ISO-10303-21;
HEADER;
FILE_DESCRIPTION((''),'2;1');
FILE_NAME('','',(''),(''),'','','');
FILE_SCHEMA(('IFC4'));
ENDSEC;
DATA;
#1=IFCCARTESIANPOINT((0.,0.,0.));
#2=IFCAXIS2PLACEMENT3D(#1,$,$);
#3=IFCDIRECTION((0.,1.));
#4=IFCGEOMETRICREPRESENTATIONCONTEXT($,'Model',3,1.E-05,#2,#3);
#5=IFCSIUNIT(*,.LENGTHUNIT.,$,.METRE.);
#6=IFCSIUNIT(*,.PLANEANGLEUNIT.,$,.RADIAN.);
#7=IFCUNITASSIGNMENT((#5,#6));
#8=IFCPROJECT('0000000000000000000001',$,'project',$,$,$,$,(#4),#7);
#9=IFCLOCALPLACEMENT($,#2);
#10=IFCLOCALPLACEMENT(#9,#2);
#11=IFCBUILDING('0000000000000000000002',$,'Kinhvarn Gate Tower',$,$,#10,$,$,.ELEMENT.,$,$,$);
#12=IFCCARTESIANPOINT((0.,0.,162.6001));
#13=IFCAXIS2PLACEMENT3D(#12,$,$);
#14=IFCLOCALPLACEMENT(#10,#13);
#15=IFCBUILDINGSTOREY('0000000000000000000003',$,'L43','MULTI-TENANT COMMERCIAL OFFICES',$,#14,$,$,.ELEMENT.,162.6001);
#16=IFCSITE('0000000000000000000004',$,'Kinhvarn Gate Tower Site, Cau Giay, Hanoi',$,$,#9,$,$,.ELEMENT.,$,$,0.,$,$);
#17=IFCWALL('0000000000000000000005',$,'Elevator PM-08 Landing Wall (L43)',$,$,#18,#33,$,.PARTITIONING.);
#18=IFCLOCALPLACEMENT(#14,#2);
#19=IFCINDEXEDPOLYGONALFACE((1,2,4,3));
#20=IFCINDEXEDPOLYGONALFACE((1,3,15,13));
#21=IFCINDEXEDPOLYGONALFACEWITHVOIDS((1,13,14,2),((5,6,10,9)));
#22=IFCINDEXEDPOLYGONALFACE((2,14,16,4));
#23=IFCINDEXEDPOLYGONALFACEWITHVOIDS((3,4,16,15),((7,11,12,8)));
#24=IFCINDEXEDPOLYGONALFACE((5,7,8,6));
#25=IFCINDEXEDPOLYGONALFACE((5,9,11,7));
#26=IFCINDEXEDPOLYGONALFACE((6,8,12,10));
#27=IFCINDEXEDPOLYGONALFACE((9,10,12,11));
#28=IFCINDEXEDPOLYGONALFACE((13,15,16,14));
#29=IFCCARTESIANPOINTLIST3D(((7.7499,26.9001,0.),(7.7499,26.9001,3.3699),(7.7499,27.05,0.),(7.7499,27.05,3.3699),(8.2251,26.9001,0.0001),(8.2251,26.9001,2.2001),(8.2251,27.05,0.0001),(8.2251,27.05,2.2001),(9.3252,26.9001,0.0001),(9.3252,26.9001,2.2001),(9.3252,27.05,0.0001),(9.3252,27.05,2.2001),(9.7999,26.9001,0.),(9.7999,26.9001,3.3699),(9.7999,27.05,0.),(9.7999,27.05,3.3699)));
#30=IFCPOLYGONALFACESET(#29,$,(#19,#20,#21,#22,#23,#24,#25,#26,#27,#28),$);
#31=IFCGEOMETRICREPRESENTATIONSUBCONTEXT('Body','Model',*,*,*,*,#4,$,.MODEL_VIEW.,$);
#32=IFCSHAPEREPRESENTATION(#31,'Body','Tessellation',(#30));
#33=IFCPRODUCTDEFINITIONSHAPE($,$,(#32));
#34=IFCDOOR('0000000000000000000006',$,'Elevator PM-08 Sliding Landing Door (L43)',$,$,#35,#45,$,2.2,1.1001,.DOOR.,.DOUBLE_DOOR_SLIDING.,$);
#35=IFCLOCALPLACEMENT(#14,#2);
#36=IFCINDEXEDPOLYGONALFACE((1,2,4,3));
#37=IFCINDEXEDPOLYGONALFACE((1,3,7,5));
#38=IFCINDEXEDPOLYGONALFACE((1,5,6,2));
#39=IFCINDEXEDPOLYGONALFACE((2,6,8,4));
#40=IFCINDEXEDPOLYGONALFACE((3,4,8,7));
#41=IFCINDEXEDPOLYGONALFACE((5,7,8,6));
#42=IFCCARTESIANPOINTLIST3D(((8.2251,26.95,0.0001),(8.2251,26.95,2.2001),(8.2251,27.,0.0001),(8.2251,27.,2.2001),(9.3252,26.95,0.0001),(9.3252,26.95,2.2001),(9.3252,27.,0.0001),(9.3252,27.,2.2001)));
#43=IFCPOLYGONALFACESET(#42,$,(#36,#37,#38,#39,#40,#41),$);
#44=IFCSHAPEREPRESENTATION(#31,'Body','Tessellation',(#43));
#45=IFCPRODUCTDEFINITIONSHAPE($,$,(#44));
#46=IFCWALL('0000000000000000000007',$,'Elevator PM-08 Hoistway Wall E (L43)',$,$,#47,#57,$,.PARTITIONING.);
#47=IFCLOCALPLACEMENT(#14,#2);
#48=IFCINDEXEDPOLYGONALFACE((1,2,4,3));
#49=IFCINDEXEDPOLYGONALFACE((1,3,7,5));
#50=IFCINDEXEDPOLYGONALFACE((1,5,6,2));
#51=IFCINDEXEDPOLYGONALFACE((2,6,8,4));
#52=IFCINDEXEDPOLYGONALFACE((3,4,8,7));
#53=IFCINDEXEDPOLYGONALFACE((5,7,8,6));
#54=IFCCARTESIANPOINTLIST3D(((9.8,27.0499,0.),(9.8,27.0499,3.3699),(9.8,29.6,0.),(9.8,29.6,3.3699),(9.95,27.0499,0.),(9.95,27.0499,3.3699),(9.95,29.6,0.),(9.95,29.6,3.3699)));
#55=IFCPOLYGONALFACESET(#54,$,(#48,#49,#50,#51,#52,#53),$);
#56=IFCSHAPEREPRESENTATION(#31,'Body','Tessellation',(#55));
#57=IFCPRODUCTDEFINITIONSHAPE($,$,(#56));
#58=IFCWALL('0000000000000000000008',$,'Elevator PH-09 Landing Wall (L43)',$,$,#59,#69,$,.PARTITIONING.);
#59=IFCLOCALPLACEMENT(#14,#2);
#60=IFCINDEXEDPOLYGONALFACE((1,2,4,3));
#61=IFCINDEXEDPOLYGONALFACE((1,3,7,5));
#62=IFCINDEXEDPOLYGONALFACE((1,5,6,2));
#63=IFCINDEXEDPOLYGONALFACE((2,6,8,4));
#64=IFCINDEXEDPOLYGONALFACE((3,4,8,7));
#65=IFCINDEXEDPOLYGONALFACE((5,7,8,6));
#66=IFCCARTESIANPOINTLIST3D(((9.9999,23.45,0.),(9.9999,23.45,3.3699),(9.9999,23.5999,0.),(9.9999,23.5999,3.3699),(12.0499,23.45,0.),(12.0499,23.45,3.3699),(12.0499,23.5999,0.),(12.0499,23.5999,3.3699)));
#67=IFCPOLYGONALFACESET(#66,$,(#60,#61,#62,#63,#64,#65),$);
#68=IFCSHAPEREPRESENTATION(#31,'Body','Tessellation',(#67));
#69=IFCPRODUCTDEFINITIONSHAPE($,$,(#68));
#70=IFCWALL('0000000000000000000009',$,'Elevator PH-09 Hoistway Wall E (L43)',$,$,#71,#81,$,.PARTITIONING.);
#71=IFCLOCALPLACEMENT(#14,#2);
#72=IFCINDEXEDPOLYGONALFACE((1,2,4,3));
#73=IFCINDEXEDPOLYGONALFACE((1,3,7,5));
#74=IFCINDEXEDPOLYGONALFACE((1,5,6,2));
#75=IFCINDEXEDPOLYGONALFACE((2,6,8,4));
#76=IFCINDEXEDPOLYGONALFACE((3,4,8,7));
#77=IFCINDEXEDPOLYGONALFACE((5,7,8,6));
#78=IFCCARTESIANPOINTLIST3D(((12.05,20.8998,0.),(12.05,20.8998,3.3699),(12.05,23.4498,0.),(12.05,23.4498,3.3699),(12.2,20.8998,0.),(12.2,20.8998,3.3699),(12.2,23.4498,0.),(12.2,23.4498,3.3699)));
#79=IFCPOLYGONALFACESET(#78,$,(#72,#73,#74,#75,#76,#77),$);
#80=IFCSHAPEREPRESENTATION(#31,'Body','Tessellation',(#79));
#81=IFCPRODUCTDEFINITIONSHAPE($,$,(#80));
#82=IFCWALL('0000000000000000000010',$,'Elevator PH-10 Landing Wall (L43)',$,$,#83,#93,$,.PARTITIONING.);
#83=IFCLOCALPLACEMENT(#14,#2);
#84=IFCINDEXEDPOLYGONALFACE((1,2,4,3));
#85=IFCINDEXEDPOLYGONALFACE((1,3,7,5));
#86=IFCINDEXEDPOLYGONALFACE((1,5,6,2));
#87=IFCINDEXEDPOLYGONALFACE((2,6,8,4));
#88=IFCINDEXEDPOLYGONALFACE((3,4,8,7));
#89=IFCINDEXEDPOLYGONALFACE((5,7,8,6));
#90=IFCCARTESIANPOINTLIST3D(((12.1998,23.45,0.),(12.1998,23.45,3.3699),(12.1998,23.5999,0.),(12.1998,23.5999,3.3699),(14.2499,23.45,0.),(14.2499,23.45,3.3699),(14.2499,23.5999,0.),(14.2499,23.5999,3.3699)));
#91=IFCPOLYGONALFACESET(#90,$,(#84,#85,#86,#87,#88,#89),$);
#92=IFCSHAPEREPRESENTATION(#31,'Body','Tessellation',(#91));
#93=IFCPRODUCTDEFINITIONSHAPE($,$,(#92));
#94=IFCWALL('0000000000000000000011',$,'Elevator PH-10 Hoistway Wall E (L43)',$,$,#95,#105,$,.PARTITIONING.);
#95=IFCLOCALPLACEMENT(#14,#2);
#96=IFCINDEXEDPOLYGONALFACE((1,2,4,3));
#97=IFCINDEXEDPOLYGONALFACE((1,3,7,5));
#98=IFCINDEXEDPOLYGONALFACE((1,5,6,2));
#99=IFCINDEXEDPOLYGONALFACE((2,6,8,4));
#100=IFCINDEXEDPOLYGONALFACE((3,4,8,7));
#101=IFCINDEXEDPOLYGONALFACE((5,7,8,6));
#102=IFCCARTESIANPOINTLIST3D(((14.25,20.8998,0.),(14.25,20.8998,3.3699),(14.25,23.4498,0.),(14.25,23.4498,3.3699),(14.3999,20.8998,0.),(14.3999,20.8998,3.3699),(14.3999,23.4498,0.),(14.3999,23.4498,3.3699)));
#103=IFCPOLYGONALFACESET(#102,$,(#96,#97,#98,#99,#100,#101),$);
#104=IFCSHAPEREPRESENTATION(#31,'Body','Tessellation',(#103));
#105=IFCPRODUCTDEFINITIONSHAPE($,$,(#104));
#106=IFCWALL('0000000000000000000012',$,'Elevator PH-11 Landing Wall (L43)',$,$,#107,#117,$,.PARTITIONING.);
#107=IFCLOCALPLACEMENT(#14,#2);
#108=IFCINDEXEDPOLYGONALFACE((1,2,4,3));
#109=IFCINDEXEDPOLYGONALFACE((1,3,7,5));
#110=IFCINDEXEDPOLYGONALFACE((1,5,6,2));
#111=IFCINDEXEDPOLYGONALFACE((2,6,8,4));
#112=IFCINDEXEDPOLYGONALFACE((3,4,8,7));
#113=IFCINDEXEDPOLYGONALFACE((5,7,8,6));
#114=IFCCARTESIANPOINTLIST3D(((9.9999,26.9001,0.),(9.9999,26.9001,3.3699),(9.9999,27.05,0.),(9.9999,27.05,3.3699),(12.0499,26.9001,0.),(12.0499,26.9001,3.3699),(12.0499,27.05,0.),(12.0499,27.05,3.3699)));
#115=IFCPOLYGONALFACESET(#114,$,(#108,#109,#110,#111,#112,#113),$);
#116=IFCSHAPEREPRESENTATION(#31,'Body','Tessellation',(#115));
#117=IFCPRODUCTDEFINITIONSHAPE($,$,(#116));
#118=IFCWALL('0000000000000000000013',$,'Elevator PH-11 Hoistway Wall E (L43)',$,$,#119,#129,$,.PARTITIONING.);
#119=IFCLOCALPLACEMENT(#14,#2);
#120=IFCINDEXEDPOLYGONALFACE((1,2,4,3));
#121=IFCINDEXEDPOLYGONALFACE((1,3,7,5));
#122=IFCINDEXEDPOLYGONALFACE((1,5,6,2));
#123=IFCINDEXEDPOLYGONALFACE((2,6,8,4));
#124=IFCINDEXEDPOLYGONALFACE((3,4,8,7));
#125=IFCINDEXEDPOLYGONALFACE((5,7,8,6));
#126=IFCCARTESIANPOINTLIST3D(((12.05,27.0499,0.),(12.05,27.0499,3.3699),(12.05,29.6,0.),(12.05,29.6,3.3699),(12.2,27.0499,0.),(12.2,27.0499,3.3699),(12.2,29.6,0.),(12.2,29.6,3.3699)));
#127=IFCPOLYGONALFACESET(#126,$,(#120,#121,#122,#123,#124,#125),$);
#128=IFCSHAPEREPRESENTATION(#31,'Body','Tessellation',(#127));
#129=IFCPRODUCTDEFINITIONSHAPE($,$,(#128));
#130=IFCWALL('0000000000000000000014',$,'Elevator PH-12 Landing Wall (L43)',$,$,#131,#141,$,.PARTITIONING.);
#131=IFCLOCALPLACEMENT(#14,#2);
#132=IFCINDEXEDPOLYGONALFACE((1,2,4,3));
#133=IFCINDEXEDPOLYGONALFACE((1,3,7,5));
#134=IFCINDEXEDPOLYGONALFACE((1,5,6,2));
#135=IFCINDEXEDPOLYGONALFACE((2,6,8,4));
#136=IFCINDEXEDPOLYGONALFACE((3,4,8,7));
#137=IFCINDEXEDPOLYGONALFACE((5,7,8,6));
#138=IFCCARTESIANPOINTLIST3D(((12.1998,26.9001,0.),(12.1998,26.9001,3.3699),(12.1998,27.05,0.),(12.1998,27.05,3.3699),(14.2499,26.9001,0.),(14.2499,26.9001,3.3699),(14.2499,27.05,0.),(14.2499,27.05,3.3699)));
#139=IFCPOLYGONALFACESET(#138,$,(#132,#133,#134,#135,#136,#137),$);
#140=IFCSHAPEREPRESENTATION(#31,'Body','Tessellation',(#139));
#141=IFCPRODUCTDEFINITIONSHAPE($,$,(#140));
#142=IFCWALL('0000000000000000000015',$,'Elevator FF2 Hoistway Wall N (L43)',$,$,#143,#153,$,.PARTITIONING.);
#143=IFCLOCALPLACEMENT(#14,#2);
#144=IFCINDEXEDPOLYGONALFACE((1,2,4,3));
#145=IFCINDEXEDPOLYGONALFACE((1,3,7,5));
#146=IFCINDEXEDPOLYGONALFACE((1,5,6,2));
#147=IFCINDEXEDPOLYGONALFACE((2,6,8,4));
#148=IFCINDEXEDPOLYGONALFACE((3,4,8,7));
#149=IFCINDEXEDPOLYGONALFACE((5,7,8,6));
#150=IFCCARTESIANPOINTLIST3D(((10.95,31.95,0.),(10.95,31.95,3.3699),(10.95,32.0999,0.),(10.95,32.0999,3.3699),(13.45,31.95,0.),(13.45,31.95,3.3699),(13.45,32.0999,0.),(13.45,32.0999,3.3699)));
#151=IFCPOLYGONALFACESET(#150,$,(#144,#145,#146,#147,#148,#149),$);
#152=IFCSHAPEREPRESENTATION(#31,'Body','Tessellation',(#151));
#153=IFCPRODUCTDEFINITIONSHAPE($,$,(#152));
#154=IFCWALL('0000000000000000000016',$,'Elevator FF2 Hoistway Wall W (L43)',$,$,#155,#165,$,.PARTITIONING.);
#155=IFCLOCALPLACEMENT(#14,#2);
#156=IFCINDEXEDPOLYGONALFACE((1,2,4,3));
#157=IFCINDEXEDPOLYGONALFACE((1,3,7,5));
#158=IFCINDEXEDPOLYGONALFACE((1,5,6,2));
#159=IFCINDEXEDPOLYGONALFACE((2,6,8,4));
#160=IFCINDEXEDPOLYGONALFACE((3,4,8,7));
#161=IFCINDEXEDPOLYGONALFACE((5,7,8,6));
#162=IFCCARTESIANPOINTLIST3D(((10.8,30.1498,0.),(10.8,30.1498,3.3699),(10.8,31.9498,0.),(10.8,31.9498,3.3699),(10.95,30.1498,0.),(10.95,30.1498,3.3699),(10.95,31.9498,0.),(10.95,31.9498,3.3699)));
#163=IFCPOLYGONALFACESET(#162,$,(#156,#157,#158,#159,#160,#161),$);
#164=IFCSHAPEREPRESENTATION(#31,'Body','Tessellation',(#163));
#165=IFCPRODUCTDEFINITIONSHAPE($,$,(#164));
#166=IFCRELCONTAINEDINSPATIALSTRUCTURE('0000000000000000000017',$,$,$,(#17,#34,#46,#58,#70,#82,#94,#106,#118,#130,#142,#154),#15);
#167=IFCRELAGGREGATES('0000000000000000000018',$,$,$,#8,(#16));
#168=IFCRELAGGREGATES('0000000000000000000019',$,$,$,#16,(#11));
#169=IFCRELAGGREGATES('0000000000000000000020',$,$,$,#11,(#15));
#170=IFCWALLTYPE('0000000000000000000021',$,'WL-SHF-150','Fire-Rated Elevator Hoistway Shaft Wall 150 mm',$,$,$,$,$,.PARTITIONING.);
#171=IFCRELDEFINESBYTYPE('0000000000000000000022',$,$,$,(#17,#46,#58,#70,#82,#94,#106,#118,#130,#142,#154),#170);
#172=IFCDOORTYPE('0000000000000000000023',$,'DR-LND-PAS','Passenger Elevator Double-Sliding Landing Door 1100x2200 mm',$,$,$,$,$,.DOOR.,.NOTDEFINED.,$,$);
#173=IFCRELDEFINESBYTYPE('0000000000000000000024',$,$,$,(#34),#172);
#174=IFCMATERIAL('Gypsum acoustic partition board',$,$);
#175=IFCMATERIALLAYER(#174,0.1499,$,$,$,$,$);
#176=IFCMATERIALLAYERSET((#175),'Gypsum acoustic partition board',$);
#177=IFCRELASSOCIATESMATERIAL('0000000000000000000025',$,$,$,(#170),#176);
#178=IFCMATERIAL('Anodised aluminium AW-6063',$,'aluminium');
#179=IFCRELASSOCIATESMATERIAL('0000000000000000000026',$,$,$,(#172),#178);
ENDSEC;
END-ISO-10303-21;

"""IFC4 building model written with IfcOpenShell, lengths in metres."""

from ifc_helpers import new_model, si_unit, direction, frame, frame_2d, origin, place, context, subcontext, project, spatial, rectangle, extrude, material, layer, layer_set, type_object, element, fill, save


model = new_model("IFC4")

# Units and contexts
model_context = context("Model", 3, precision=1e-05, world=origin(), true_north=direction((0.0, 1.0)))
body_context = subcontext(model_context, "Body", "Model", "MODEL_VIEW")
ifc_project = project(units=[si_unit("LENGTHUNIT", "METRE"), si_unit("PLANEANGLEUNIT", "RADIAN")], contexts=[model_context])

# Site, building, storey
site_placement = place(None, origin())
site = spatial("IfcSite", under=ifc_project, at=site_placement, Name="Kinhvarn Gate Tower Site, Cau Giay, Hanoi", CompositionType="ELEMENT", RefElevation=0.0)
building_placement = place(site_placement, origin())
building = spatial("IfcBuilding", under=site, at=building_placement, Name="Kinhvarn Gate Tower", CompositionType="ELEMENT")
storey_placement = place(building_placement, frame((0.0, 0.0, 162.6001)))
storey = spatial("IfcBuildingStorey", under=building, at=storey_placement, Name="L43", Description="MULTI-TENANT COMMERCIAL OFFICES", CompositionType="ELEMENT", Elevation=162.6001)

# Shared definitions
ifc_material_1 = material(Name="Gypsum acoustic partition board")

# Shared definitions
ifc_layer_1 = layer(ifc_material_1, 0.1499)
ifc_layer_set_1 = layer_set([ifc_layer_1], Name="Gypsum acoustic partition board")
wall_type_1 = type_object("IfcWallType", Name="WL-SHF-150", Description="Fire-Rated Elevator Hoistway Shaft Wall 150 mm", PredefinedType="PARTITIONING", material=ifc_layer_set_1)
ifc_material_2 = material(Name="Anodised aluminium AW-6063", Category="aluminium")
door_type_1 = type_object("IfcDoorType", Name="DR-LND-PAS", Description="Passenger Elevator Double-Sliding Landing Door 1100x2200 mm", OperationType="NOTDEFINED", PredefinedType="DOOR", material=ifc_material_2)

# Wall, opening, door
wall_1_placement = place(storey_placement, frame((7.75, 26.9751, 0.0), z_axis=(0.0, 0.0, 1.0), x_axis=(1.0, 0.0, 0.0)))
wall_1 = element("IfcWall", 1, at=wall_1_placement, inside=storey, type_object=wall_type_1, Name="Elevator PM-08 Landing Wall (L43)", PredefinedType="PARTITIONING", context=body_context, shape_type="SweptSolid", body=[
    extrude(rectangle(XDim=2.05, YDim=0.1499, at=frame_2d((1.0249, 0.0))), origin(), (0.0, 0.0, 1.0), 3.3699),
])
opening_1_placement = place(wall_1_placement, frame((0.4751, 0.0, 0.0)))
opening_1 = element("IfcOpeningElement", 2, at=opening_1_placement, cuts=wall_1, PredefinedType="OPENING", context=body_context, shape_type="SweptSolid", body=[
    extrude(rectangle(XDim=1.1001, YDim=2.2, at=frame_2d((0.55, 1.1001))), frame((0.0, 0.085, 0.0), z_axis=(0.0, -1.0, 0.0), x_axis=(1.0, 0.0, 0.0)), (0.0, 0.0, 1.0), 0.1699),
])
door_1_placement = place(opening_1_placement, origin())
door_1 = element("IfcDoor", 3, at=door_1_placement, inside=storey, type_object=door_type_1, Name="Elevator PM-08 Sliding Landing Door (L43)", OperationType="DOUBLE_DOOR_SLIDING", OverallHeight=2.2, OverallWidth=1.1001, PredefinedType="DOOR", context=body_context, shape_type="SweptSolid", body=[
    extrude(rectangle(XDim=1.1001, YDim=2.2, at=frame_2d((0.55, 1.1001))), frame((0.0, 0.0249, 0.0), z_axis=(0.0, -1.0, 0.0), x_axis=(1.0, 0.0, 0.0)), (0.0, 0.0, 1.0), 0.05),
])
fill(opening_1, door_1)

# Walls
wall_2_placement = place(storey_placement, frame((9.875, 27.05, 0.0), z_axis=(0.0, 0.0, 1.0), x_axis=(0.0, 1.0, 0.0)))
element("IfcWall", 4, at=wall_2_placement, inside=storey, type_object=wall_type_1, Name="Elevator PM-08 Hoistway Wall E (L43)", PredefinedType="PARTITIONING", context=body_context, shape_type="SweptSolid", body=[
    extrude(rectangle(XDim=2.55, YDim=0.1499, at=frame_2d((1.2749, 0.0))), origin(), (0.0, 0.0, 1.0), 3.3699),
])
wall_3_placement = place(storey_placement, frame((10.0, 23.5249, 0.0), z_axis=(0.0, 0.0, 1.0), x_axis=(1.0, 0.0, 0.0)))
element("IfcWall", 5, at=wall_3_placement, inside=storey, type_object=wall_type_1, Name="Elevator PH-09 Landing Wall (L43)", PredefinedType="PARTITIONING", context=body_context, shape_type="SweptSolid", body=[
    extrude(rectangle(XDim=2.05, YDim=0.1499, at=frame_2d((1.0249, 0.0))), origin(), (0.0, 0.0, 1.0), 3.3699),
])
wall_4_placement = place(storey_placement, frame((12.125, 20.8999, 0.0), z_axis=(0.0, 0.0, 1.0), x_axis=(0.0, 1.0, 0.0)))
element("IfcWall", 6, at=wall_4_placement, inside=storey, type_object=wall_type_1, Name="Elevator PH-09 Hoistway Wall E (L43)", PredefinedType="PARTITIONING", context=body_context, shape_type="SweptSolid", body=[
    extrude(rectangle(XDim=2.55, YDim=0.1499, at=frame_2d((1.2749, 0.0))), origin(), (0.0, 0.0, 1.0), 3.3699),
])
wall_5_placement = place(storey_placement, frame((12.2, 23.5249, 0.0), z_axis=(0.0, 0.0, 1.0), x_axis=(1.0, 0.0, 0.0)))
element("IfcWall", 7, at=wall_5_placement, inside=storey, type_object=wall_type_1, Name="Elevator PH-10 Landing Wall (L43)", PredefinedType="PARTITIONING", context=body_context, shape_type="SweptSolid", body=[
    extrude(rectangle(XDim=2.05, YDim=0.1499, at=frame_2d((1.0249, 0.0))), origin(), (0.0, 0.0, 1.0), 3.3699),
])
wall_6_placement = place(storey_placement, frame((14.325, 20.8999, 0.0), z_axis=(0.0, 0.0, 1.0), x_axis=(0.0, 1.0, 0.0)))
element("IfcWall", 8, at=wall_6_placement, inside=storey, type_object=wall_type_1, Name="Elevator PH-10 Hoistway Wall E (L43)", PredefinedType="PARTITIONING", context=body_context, shape_type="SweptSolid", body=[
    extrude(rectangle(XDim=2.55, YDim=0.1499, at=frame_2d((1.2749, 0.0))), origin(), (0.0, 0.0, 1.0), 3.3699),
])
wall_7_placement = place(storey_placement, frame((10.0, 26.9751, 0.0), z_axis=(0.0, 0.0, 1.0), x_axis=(1.0, 0.0, 0.0)))
element("IfcWall", 9, at=wall_7_placement, inside=storey, type_object=wall_type_1, Name="Elevator PH-11 Landing Wall (L43)", PredefinedType="PARTITIONING", context=body_context, shape_type="SweptSolid", body=[
    extrude(rectangle(XDim=2.05, YDim=0.1499, at=frame_2d((1.0249, 0.0))), origin(), (0.0, 0.0, 1.0), 3.3699),
])
wall_8_placement = place(storey_placement, frame((12.125, 27.05, 0.0), z_axis=(0.0, 0.0, 1.0), x_axis=(0.0, 1.0, 0.0)))
element("IfcWall", 10, at=wall_8_placement, inside=storey, type_object=wall_type_1, Name="Elevator PH-11 Hoistway Wall E (L43)", PredefinedType="PARTITIONING", context=body_context, shape_type="SweptSolid", body=[
    extrude(rectangle(XDim=2.55, YDim=0.1499, at=frame_2d((1.2749, 0.0))), origin(), (0.0, 0.0, 1.0), 3.3699),
])
wall_9_placement = place(storey_placement, frame((12.2, 26.9751, 0.0), z_axis=(0.0, 0.0, 1.0), x_axis=(1.0, 0.0, 0.0)))
element("IfcWall", 11, at=wall_9_placement, inside=storey, type_object=wall_type_1, Name="Elevator PH-12 Landing Wall (L43)", PredefinedType="PARTITIONING", context=body_context, shape_type="SweptSolid", body=[
    extrude(rectangle(XDim=2.05, YDim=0.1499, at=frame_2d((1.0249, 0.0))), origin(), (0.0, 0.0, 1.0), 3.3699),
])
wall_10_placement = place(storey_placement, frame((10.95, 32.0249, 0.0), z_axis=(0.0, 0.0, 1.0), x_axis=(1.0, 0.0, 0.0)))
element("IfcWall", 12, at=wall_10_placement, inside=storey, type_object=wall_type_1, Name="Elevator FF2 Hoistway Wall N (L43)", PredefinedType="PARTITIONING", context=body_context, shape_type="SweptSolid", body=[
    extrude(rectangle(XDim=2.5, YDim=0.1499, at=frame_2d((1.25, 0.0))), origin(), (0.0, 0.0, 1.0), 3.3699),
])
wall_11_placement = place(storey_placement, frame((10.875, 30.1499, 0.0), z_axis=(0.0, 0.0, 1.0), x_axis=(0.0, 1.0, 0.0)))
element("IfcWall", 13, at=wall_11_placement, inside=storey, type_object=wall_type_1, Name="Elevator FF2 Hoistway Wall W (L43)", PredefinedType="PARTITIONING", context=body_context, shape_type="SweptSolid", body=[
    extrude(rectangle(XDim=1.8, YDim=0.1499, at=frame_2d((0.8999, 0.0))), origin(), (0.0, 0.0, 1.0), 3.3699),
])

save(model, "model.ifc")
